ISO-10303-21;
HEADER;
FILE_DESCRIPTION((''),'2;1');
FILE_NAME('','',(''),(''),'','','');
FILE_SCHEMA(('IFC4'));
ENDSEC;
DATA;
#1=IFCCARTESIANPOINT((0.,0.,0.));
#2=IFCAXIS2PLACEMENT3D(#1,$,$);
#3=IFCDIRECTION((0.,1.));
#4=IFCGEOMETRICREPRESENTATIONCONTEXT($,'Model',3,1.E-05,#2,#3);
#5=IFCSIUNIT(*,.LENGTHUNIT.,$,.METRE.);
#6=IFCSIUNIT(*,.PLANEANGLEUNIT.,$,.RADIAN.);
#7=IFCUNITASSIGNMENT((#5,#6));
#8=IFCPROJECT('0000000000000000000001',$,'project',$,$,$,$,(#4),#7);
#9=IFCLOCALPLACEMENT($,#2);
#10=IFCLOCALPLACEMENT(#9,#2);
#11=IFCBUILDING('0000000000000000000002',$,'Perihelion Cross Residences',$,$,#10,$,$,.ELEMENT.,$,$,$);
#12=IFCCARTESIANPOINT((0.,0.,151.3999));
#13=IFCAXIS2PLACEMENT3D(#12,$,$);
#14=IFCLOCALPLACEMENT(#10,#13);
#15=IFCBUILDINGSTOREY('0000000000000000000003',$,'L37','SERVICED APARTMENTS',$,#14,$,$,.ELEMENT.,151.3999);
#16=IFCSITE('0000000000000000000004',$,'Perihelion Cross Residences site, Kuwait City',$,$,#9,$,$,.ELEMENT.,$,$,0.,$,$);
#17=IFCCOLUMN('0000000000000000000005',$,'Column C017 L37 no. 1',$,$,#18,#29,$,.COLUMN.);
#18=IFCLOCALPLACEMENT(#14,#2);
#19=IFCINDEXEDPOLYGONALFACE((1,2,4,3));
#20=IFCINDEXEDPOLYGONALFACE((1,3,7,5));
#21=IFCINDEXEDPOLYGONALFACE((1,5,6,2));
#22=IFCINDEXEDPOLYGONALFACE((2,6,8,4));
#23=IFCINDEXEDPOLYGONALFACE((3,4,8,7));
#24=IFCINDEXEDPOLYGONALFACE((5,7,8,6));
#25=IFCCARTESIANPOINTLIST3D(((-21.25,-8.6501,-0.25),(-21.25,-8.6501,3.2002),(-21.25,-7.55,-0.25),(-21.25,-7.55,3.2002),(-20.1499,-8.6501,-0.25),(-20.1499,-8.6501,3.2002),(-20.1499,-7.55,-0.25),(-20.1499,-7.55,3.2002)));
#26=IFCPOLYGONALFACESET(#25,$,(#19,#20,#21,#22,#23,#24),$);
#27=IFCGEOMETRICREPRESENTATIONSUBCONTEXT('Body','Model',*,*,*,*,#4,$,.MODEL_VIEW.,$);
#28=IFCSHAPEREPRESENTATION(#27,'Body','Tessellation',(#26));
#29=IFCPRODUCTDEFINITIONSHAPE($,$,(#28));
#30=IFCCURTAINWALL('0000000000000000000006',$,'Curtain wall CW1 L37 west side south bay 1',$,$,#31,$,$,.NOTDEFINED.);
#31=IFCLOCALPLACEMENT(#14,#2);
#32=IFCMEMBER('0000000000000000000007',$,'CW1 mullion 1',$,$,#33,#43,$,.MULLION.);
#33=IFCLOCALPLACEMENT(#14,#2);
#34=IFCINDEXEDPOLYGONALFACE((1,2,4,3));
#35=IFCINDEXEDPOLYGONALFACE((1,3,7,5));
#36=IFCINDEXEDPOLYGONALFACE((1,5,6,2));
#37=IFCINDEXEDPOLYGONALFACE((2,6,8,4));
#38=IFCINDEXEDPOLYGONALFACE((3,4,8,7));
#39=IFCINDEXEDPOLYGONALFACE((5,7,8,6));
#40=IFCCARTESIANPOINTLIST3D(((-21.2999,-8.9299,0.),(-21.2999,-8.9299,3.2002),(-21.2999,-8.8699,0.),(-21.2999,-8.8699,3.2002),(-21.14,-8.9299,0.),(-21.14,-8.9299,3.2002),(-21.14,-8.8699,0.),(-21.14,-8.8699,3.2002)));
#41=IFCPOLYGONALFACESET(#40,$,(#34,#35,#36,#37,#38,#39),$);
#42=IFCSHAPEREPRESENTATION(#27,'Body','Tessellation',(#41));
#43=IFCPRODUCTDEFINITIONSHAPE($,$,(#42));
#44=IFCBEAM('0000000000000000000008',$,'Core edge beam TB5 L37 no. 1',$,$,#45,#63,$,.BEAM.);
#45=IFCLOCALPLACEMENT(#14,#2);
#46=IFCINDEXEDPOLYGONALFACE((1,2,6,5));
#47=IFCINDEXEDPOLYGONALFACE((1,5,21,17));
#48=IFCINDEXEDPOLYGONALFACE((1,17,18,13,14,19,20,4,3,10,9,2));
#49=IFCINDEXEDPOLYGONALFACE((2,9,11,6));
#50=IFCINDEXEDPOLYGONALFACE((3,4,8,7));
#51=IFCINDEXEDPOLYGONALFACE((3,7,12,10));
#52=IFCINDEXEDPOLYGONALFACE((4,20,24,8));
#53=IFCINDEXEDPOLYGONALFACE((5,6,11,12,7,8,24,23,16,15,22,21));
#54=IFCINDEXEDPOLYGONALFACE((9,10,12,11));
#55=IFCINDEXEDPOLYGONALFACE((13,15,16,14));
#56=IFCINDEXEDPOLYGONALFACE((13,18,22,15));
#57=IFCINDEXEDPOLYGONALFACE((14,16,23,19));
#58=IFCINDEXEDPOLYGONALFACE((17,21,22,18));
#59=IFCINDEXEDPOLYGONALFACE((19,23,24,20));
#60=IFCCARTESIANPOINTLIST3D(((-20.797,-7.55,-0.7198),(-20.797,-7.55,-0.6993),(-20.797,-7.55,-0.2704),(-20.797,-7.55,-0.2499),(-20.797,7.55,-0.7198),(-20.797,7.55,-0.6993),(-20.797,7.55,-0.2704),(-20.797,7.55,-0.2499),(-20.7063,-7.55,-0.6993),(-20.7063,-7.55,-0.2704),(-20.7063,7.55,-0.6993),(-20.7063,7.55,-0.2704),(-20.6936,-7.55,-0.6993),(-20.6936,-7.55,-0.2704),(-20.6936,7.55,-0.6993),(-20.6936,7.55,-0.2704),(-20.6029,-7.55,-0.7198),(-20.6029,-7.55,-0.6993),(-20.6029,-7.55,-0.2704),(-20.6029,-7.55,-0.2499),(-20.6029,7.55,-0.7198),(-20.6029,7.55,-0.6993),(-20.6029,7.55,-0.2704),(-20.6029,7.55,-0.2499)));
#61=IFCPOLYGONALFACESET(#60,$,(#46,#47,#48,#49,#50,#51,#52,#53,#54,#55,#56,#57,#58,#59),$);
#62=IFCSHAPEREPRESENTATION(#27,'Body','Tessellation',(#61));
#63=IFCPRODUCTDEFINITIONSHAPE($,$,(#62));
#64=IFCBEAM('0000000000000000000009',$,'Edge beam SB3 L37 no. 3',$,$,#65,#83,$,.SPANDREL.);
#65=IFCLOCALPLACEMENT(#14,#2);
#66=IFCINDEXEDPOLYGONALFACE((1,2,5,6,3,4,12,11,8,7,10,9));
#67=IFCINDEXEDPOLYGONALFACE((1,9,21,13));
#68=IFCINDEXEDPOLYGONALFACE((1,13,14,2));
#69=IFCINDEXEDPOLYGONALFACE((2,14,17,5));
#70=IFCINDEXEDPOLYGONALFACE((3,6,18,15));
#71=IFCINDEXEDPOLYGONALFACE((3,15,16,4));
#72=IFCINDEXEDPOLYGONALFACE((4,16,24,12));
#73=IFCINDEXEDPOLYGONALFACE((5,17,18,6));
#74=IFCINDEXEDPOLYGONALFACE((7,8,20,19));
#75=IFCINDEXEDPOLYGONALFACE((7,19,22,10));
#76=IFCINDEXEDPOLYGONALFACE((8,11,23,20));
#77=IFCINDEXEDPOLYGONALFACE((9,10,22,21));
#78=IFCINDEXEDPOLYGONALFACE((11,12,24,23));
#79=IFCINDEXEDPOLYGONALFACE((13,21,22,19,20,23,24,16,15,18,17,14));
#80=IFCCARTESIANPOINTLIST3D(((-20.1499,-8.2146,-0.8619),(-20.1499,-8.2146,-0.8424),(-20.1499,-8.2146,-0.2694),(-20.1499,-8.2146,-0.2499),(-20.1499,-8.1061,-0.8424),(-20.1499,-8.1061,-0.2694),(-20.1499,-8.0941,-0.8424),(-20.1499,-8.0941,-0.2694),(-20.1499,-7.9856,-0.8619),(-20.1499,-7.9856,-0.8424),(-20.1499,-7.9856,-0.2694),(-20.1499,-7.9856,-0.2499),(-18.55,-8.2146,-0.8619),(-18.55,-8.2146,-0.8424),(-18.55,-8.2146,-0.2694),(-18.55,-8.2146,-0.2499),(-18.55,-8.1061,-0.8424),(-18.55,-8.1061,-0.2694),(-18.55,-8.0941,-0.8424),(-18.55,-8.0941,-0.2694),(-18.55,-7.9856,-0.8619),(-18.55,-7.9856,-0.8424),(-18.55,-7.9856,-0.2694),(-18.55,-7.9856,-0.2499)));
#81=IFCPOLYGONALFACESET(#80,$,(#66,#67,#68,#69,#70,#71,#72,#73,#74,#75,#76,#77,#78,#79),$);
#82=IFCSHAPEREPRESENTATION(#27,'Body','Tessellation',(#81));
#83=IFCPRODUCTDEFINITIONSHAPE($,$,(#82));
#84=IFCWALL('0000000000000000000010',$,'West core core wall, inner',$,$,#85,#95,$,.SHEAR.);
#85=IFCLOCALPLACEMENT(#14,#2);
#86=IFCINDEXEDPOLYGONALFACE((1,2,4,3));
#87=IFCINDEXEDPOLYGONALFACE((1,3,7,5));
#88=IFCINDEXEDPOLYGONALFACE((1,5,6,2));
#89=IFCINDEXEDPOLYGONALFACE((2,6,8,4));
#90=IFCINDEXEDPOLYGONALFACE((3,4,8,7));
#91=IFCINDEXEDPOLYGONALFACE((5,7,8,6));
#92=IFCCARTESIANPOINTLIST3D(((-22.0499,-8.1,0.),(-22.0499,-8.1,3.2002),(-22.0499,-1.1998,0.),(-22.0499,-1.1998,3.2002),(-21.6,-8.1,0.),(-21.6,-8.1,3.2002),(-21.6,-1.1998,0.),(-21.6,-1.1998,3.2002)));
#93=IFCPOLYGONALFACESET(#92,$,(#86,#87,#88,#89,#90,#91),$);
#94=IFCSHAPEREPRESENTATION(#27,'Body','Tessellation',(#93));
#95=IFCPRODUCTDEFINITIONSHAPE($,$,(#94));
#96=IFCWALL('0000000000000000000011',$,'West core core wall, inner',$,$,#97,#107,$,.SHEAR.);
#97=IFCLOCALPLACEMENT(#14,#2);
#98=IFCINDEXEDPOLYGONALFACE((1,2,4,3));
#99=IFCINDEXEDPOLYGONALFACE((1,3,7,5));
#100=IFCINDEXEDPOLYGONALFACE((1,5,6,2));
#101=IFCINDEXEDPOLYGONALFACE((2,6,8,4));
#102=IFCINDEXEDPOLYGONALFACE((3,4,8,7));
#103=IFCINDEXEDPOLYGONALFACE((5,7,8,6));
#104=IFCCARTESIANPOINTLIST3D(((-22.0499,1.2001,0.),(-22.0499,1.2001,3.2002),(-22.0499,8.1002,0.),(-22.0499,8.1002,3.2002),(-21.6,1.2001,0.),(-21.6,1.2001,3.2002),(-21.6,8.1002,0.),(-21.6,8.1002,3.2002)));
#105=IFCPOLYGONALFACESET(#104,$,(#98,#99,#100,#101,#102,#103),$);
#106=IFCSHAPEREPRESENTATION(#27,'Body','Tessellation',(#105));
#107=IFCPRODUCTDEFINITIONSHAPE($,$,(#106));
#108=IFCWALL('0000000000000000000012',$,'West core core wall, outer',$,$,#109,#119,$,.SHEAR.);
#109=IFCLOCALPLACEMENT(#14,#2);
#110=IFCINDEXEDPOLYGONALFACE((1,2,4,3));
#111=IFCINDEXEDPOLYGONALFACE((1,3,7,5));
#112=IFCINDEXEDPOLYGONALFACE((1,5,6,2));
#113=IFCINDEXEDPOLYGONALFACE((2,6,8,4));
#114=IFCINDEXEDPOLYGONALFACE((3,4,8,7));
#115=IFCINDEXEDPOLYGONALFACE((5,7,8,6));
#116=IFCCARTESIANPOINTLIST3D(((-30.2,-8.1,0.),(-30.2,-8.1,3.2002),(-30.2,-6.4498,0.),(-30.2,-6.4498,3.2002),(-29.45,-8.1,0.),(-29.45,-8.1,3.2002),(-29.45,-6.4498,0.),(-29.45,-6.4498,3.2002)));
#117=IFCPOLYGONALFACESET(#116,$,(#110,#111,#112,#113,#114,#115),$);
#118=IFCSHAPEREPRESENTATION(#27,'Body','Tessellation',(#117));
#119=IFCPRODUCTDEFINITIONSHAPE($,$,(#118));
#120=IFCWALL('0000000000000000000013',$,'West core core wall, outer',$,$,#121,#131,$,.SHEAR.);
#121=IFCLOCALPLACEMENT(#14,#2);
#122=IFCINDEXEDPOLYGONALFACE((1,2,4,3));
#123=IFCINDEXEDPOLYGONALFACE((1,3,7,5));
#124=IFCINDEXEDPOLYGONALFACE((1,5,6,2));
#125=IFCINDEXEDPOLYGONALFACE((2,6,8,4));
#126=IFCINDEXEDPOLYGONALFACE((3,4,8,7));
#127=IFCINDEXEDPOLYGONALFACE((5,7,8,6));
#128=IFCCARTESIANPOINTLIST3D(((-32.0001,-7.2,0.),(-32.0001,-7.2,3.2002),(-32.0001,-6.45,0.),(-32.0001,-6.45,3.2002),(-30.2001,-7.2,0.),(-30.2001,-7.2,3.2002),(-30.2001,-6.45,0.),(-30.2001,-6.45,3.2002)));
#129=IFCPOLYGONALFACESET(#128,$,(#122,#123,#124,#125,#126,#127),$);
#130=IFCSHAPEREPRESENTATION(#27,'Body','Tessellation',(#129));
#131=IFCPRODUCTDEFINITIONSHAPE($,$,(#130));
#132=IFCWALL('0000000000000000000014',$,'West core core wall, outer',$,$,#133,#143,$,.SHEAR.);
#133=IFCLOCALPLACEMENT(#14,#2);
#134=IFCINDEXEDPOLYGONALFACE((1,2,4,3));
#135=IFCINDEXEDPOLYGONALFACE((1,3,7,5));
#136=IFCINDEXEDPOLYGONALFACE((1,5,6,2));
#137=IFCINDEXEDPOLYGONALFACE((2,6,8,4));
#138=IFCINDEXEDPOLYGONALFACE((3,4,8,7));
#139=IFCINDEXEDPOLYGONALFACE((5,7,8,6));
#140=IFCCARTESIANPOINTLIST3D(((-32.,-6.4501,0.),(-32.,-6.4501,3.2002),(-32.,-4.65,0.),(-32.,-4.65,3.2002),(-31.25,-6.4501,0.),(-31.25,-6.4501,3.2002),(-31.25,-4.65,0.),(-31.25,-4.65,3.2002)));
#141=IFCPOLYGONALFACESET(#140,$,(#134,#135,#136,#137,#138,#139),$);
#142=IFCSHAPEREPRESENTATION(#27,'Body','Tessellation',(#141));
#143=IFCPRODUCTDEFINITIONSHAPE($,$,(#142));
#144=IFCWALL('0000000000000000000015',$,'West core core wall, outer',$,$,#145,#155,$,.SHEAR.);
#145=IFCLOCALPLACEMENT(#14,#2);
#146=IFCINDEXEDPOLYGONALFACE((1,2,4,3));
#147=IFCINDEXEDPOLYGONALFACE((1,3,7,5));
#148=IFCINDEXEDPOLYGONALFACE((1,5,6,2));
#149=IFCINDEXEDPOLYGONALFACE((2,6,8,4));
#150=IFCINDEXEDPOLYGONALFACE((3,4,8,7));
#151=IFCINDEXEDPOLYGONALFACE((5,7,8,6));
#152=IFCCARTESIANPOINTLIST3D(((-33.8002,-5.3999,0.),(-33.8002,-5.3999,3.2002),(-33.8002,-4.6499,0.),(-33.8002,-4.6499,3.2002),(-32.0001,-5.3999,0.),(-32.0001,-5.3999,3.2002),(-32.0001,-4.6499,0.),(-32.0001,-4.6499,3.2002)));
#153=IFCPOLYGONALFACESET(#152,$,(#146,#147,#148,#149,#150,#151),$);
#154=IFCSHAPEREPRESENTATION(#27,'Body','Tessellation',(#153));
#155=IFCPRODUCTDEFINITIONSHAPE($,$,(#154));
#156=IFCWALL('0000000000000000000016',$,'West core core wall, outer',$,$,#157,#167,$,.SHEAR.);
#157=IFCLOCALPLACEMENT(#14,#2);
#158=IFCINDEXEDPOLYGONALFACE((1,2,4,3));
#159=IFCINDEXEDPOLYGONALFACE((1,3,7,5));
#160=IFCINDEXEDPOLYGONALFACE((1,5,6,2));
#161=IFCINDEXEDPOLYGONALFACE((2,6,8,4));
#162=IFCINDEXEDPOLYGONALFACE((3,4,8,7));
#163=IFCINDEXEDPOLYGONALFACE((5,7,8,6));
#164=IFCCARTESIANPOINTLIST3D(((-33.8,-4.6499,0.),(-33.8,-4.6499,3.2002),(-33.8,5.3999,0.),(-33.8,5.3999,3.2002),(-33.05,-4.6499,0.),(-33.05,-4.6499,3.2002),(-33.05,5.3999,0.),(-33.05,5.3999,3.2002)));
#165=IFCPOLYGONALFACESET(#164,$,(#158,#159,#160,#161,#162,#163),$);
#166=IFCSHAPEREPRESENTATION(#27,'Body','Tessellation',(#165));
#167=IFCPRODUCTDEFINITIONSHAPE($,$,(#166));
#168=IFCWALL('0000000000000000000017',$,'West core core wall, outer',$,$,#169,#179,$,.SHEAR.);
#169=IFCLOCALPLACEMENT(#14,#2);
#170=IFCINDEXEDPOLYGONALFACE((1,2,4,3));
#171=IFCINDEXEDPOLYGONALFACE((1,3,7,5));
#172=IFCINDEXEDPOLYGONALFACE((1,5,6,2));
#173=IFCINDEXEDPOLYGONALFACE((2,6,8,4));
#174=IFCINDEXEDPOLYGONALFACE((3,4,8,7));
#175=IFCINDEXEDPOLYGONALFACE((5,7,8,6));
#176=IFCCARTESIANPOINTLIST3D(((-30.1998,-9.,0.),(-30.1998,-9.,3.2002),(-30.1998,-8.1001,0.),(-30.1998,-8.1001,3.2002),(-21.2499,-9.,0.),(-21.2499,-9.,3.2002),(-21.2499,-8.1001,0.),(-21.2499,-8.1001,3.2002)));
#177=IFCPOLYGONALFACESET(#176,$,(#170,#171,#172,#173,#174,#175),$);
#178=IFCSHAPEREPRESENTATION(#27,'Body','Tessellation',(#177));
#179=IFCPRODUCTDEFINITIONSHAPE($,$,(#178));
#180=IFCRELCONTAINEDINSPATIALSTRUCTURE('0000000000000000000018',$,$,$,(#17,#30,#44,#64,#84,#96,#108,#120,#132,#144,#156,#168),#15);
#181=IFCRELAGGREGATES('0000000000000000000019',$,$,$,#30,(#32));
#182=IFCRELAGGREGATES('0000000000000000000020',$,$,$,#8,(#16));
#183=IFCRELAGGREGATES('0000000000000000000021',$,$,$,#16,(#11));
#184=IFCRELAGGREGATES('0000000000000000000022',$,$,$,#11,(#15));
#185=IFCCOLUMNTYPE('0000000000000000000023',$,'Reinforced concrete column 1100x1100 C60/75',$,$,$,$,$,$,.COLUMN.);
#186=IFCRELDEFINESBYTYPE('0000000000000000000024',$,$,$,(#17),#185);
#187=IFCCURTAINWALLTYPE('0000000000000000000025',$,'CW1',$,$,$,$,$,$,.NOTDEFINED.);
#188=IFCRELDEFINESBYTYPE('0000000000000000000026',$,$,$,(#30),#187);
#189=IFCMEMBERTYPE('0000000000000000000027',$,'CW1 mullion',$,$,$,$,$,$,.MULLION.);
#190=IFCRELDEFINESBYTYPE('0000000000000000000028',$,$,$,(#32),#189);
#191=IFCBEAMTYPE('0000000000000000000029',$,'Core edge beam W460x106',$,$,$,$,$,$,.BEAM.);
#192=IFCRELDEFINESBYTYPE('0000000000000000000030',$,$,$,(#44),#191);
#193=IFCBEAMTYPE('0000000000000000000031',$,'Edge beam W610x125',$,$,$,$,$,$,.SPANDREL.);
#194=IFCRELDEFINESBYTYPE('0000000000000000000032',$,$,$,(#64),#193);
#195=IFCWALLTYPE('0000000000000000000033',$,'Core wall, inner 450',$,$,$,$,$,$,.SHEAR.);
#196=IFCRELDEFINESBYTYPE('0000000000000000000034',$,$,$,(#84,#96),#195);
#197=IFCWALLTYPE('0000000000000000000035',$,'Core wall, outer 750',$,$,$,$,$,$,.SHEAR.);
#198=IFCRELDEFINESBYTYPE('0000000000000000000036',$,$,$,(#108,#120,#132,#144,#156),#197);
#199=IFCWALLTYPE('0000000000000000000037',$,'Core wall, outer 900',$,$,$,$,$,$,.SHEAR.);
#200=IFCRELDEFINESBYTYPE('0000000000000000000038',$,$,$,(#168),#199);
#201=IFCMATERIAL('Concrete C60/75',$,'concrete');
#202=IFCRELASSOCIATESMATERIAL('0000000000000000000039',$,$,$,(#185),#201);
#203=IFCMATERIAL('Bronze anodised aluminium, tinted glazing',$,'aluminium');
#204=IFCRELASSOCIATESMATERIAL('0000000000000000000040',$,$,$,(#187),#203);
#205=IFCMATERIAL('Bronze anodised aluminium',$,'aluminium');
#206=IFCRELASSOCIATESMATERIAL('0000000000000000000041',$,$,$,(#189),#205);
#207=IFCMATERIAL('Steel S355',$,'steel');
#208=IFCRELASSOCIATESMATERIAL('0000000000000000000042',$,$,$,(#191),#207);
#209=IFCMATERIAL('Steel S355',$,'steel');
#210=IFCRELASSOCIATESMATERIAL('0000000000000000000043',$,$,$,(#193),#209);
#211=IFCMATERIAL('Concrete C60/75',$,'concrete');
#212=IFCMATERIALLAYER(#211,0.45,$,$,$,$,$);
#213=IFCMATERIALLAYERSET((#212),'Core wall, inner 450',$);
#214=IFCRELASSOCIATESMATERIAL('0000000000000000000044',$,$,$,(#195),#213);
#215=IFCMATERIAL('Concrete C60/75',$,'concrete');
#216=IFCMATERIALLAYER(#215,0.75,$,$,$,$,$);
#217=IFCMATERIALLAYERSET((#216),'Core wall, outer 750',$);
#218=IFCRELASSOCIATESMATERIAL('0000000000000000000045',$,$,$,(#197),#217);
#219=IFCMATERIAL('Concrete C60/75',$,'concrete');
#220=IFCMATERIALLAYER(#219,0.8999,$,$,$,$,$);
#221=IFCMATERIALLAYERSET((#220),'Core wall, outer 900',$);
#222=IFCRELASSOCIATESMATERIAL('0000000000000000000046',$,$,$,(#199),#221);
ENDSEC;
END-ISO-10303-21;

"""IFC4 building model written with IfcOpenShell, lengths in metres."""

from ifc_helpers import new_model, si_unit, direction, frame, frame_2d, origin, origin_2d, place, context, subcontext, project, spatial, rectangle, i_section, extrude, material, layer, layer_set, material_profile, profile_set, type_object, element, aggregate, save


model = new_model("IFC4")

# Units and contexts
model_context = context("Model", 3, precision=1e-05, world=origin(), true_north=direction((0.0, 1.0)))
body_context = subcontext(model_context, "Body", "Model", "MODEL_VIEW")
ifc_project = project(units=[si_unit("LENGTHUNIT", "METRE"), si_unit("PLANEANGLEUNIT", "RADIAN")], contexts=[model_context])

# Site, building, storey
site_placement = place(None, origin())
site = spatial("IfcSite", under=ifc_project, at=site_placement, Name="Perihelion Cross Residences site, Kuwait City", CompositionType="ELEMENT", RefElevation=0.0)
building_placement = place(site_placement, origin())
building = spatial("IfcBuilding", under=site, at=building_placement, Name="Perihelion Cross Residences", CompositionType="ELEMENT")
storey_placement = place(building_placement, frame((0.0, 0.0, 151.3999)))
storey = spatial("IfcBuildingStorey", under=building, at=storey_placement, Name="L37", Description="SERVICED APARTMENTS", CompositionType="ELEMENT", Elevation=151.3999)

# Column
ifc_material_1 = material(Name="Concrete C60/75", Category="concrete")
ifc_material_profile_1 = material_profile(ifc_material_1, rectangle(XDim=1.1001, YDim=1.1001, at=origin_2d()), Name="RC 1100x1100")
ifc_profile_set_1 = profile_set([ifc_material_profile_1], Name="Concrete C60/75")
column_type = type_object("IfcColumnType", Name="Reinforced concrete column 1100x1100 C60/75", PredefinedType="COLUMN", material=ifc_profile_set_1)
column_placement = place(storey_placement, frame((-20.7, -8.1001, -0.25), z_axis=(0.0, 0.0, 1.0), x_axis=(1.0, 0.0, 0.0)))
element("IfcColumn", 1, at=column_placement, inside=storey, type_object=column_type, Name="Column C017 L37 no. 1", PredefinedType="COLUMN", context=body_context, shape_type="SweptSolid", body=[
    extrude(rectangle(XDim=1.1001, YDim=1.1001, at=origin_2d()), origin(), (0.0, 0.0, 1.0), 3.4502),
])

# Curtain wall, member
ifc_material_2 = material(Name="Bronze anodised aluminium, tinted glazing", Category="aluminium")
curtain_wall_type = type_object("IfcCurtainWallType", Name="CW1", PredefinedType="NOTDEFINED", material=ifc_material_2)
curtain_wall_placement = place(storey_placement, origin())
curtain_wall = element("IfcCurtainWall", 2, at=curtain_wall_placement, inside=storey, type_object=curtain_wall_type, Name="Curtain wall CW1 L37 west side south bay 1", PredefinedType="NOTDEFINED")
ifc_material_3 = material(Name="Bronze anodised aluminium", Category="aluminium")
ifc_material_profile_2 = material_profile(ifc_material_3, rectangle(XDim=0.0601, YDim=0.1599, at=origin_2d()), Name="CW1 mullion")
ifc_profile_set_2 = profile_set([ifc_material_profile_2], Name="Bronze anodised aluminium")
member_type = type_object("IfcMemberType", Name="CW1 mullion", PredefinedType="MULLION", material=ifc_profile_set_2)
member_placement = place(storey_placement, frame((-21.22, -8.8999, 0.0), z_axis=(0.0, 0.0, 1.0), x_axis=(0.0, 1.0, 0.0)))
member = element("IfcMember", 3, at=member_placement, type_object=member_type, Name="CW1 mullion 1", PredefinedType="MULLION", context=body_context, shape_type="SweptSolid", body=[
    extrude(rectangle(XDim=0.0601, YDim=0.1599, at=origin_2d()), origin(), (0.0, 0.0, 1.0), 3.2002),
])
aggregate(curtain_wall, [member])

# Beams
ifc_material_4 = material(Name="Steel S355", Category="steel")
ifc_material_profile_3 = material_profile(ifc_material_4, i_section(OverallWidth=0.1941, OverallDepth=0.47, WebThickness=0.0127, FlangeThickness=0.0205, at=origin_2d()), Name="W460x106")
ifc_profile_set_3 = profile_set([ifc_material_profile_3], Name="Steel S355")
beam_type_1 = type_object("IfcBeamType", Name="Core edge beam W460x106", PredefinedType="BEAM", material=ifc_profile_set_3)
beam_1_placement = place(storey_placement, frame((-20.7, -7.55, -0.4849), z_axis=(0.0, 1.0, 0.0), x_axis=(-1.0, 0.0, 0.0)))
element("IfcBeam", 4, at=beam_1_placement, inside=storey, type_object=beam_type_1, Name="Core edge beam TB5 L37 no. 1", PredefinedType="BEAM", context=body_context, shape_type="SweptSolid", body=[
    extrude(i_section(OverallWidth=0.1941, OverallDepth=0.47, WebThickness=0.0127, FlangeThickness=0.0205, at=origin_2d()), origin(), (0.0, 0.0, 1.0), 15.1001),
])
ifc_material_5 = material(Name="Steel S355", Category="steel")
ifc_material_profile_4 = material_profile(ifc_material_5, i_section(OverallWidth=0.229, OverallDepth=0.6121, WebThickness=0.012, FlangeThickness=0.0195, at=origin_2d()), Name="W610x125")
ifc_profile_set_4 = profile_set([ifc_material_profile_4], Name="Steel S355")
beam_type_2 = type_object("IfcBeamType", Name="Edge beam W610x125", PredefinedType="SPANDREL", material=ifc_profile_set_4)
beam_2_placement = place(storey_placement, frame((-20.1499, -8.1001, -0.5559), z_axis=(1.0, 0.0, 0.0), x_axis=(0.0, 1.0, 0.0)))
element("IfcBeam", 5, at=beam_2_placement, inside=storey, type_object=beam_type_2, Name="Edge beam SB3 L37 no. 3", PredefinedType="SPANDREL", context=body_context, shape_type="SweptSolid", body=[
    extrude(i_section(OverallWidth=0.229, OverallDepth=0.6121, WebThickness=0.012, FlangeThickness=0.0195, at=origin_2d()), origin(), (0.0, 0.0, 1.0), 1.5999),
])

# Walls
ifc_material_6 = material(Name="Concrete C60/75", Category="concrete")
ifc_layer_1 = layer(ifc_material_6, 0.45)
ifc_layer_set_1 = layer_set([ifc_layer_1], Name="Core wall, inner 450")
wall_type_1 = type_object("IfcWallType", Name="Core wall, inner 450", PredefinedType="SHEAR", material=ifc_layer_set_1)
for number, where, z_axis, x_axis, name in (
    (6, (-21.825, -8.1001, 0.0), (0.0, 0.0, 1.0), (0.0, 1.0, 0.0), "West core core wall, inner"),
    (7, (-21.825, 1.2, 0.0), (0.0, 0.0, 1.0), (0.0, 1.0, 0.0), "West core core wall, inner"),
):
    element("IfcWall", number, at=place(storey_placement, frame(where, z_axis=z_axis, x_axis=x_axis)), inside=storey, type_object=wall_type_1, Name=name, PredefinedType="SHEAR", context=body_context, shape_type="SweptSolid", body=[
        extrude(rectangle(XDim=6.9001, YDim=0.45, at=frame_2d((3.4502, 0.0))), origin(), (0.0, 0.0, 1.0), 3.2002),
    ])
ifc_material_7 = material(Name="Concrete C60/75", Category="concrete")
ifc_layer_2 = layer(ifc_material_7, 0.75)
ifc_layer_set_2 = layer_set([ifc_layer_2], Name="Core wall, outer 750")
wall_type_2 = type_object("IfcWallType", Name="Core wall, outer 750", PredefinedType="SHEAR", material=ifc_layer_set_2)
wall_1_placement = place(storey_placement, frame((-29.825, -8.1001, 0.0), z_axis=(0.0, 0.0, 1.0), x_axis=(0.0, 1.0, 0.0)))
element("IfcWall", 8, at=wall_1_placement, inside=storey, type_object=wall_type_2, Name="West core core wall, outer", PredefinedType="SHEAR", context=body_context, shape_type="SweptSolid", body=[
    extrude(rectangle(XDim=1.6501, YDim=0.75, at=frame_2d((0.8252, 0.0))), origin(), (0.0, 0.0, 1.0), 3.2002),
])
for number, where, z_axis, x_axis, name in (
    (9, (-32.0, -6.825, 0.0), (0.0, 0.0, 1.0), (1.0, 0.0, 0.0), "West core core wall, outer"),
    (10, (-31.625, -6.45, 0.0), (0.0, 0.0, 1.0), (0.0, 1.0, 0.0), "West core core wall, outer"),
    (11, (-33.8, -5.0249, 0.0), (0.0, 0.0, 1.0), (1.0, 0.0, 0.0), "West core core wall, outer"),
):
    element("IfcWall", number, at=place(storey_placement, frame(where, z_axis=z_axis, x_axis=x_axis)), inside=storey, type_object=wall_type_2, Name=name, PredefinedType="SHEAR", context=body_context, shape_type="SweptSolid", body=[
        extrude(rectangle(XDim=1.8, YDim=0.75, at=frame_2d((0.8999, 0.0))), origin(), (0.0, 0.0, 1.0), 3.2002),
    ])
wall_2_placement = place(storey_placement, frame((-33.425, -4.6499, 0.0), z_axis=(0.0, 0.0, 1.0), x_axis=(0.0, 1.0, 0.0)))
element("IfcWall", 12, at=wall_2_placement, inside=storey, type_object=wall_type_2, Name="West core core wall, outer", PredefinedType="SHEAR", context=body_context, shape_type="SweptSolid", body=[
    extrude(rectangle(XDim=10.0498, YDim=0.75, at=frame_2d((5.0249, 0.0))), origin(), (0.0, 0.0, 1.0), 3.2002),
])
ifc_material_8 = material(Name="Concrete C60/75", Category="concrete")
ifc_layer_3 = layer(ifc_material_8, 0.8999)
ifc_layer_set_3 = layer_set([ifc_layer_3], Name="Core wall, outer 900")
wall_type_3 = type_object("IfcWallType", Name="Core wall, outer 900", PredefinedType="SHEAR", material=ifc_layer_set_3)
wall_3_placement = place(storey_placement, frame((-30.2, -8.55, 0.0), z_axis=(0.0, 0.0, 1.0), x_axis=(1.0, 0.0, 0.0)))
element("IfcWall", 13, at=wall_3_placement, inside=storey, type_object=wall_type_3, Name="West core core wall, outer", PredefinedType="SHEAR", context=body_context, shape_type="SweptSolid", body=[
    extrude(rectangle(XDim=8.95, YDim=0.8999, at=frame_2d((4.4751, 0.0))), origin(), (0.0, 0.0, 1.0), 3.2002),
])

save(model, "model.ifc")
